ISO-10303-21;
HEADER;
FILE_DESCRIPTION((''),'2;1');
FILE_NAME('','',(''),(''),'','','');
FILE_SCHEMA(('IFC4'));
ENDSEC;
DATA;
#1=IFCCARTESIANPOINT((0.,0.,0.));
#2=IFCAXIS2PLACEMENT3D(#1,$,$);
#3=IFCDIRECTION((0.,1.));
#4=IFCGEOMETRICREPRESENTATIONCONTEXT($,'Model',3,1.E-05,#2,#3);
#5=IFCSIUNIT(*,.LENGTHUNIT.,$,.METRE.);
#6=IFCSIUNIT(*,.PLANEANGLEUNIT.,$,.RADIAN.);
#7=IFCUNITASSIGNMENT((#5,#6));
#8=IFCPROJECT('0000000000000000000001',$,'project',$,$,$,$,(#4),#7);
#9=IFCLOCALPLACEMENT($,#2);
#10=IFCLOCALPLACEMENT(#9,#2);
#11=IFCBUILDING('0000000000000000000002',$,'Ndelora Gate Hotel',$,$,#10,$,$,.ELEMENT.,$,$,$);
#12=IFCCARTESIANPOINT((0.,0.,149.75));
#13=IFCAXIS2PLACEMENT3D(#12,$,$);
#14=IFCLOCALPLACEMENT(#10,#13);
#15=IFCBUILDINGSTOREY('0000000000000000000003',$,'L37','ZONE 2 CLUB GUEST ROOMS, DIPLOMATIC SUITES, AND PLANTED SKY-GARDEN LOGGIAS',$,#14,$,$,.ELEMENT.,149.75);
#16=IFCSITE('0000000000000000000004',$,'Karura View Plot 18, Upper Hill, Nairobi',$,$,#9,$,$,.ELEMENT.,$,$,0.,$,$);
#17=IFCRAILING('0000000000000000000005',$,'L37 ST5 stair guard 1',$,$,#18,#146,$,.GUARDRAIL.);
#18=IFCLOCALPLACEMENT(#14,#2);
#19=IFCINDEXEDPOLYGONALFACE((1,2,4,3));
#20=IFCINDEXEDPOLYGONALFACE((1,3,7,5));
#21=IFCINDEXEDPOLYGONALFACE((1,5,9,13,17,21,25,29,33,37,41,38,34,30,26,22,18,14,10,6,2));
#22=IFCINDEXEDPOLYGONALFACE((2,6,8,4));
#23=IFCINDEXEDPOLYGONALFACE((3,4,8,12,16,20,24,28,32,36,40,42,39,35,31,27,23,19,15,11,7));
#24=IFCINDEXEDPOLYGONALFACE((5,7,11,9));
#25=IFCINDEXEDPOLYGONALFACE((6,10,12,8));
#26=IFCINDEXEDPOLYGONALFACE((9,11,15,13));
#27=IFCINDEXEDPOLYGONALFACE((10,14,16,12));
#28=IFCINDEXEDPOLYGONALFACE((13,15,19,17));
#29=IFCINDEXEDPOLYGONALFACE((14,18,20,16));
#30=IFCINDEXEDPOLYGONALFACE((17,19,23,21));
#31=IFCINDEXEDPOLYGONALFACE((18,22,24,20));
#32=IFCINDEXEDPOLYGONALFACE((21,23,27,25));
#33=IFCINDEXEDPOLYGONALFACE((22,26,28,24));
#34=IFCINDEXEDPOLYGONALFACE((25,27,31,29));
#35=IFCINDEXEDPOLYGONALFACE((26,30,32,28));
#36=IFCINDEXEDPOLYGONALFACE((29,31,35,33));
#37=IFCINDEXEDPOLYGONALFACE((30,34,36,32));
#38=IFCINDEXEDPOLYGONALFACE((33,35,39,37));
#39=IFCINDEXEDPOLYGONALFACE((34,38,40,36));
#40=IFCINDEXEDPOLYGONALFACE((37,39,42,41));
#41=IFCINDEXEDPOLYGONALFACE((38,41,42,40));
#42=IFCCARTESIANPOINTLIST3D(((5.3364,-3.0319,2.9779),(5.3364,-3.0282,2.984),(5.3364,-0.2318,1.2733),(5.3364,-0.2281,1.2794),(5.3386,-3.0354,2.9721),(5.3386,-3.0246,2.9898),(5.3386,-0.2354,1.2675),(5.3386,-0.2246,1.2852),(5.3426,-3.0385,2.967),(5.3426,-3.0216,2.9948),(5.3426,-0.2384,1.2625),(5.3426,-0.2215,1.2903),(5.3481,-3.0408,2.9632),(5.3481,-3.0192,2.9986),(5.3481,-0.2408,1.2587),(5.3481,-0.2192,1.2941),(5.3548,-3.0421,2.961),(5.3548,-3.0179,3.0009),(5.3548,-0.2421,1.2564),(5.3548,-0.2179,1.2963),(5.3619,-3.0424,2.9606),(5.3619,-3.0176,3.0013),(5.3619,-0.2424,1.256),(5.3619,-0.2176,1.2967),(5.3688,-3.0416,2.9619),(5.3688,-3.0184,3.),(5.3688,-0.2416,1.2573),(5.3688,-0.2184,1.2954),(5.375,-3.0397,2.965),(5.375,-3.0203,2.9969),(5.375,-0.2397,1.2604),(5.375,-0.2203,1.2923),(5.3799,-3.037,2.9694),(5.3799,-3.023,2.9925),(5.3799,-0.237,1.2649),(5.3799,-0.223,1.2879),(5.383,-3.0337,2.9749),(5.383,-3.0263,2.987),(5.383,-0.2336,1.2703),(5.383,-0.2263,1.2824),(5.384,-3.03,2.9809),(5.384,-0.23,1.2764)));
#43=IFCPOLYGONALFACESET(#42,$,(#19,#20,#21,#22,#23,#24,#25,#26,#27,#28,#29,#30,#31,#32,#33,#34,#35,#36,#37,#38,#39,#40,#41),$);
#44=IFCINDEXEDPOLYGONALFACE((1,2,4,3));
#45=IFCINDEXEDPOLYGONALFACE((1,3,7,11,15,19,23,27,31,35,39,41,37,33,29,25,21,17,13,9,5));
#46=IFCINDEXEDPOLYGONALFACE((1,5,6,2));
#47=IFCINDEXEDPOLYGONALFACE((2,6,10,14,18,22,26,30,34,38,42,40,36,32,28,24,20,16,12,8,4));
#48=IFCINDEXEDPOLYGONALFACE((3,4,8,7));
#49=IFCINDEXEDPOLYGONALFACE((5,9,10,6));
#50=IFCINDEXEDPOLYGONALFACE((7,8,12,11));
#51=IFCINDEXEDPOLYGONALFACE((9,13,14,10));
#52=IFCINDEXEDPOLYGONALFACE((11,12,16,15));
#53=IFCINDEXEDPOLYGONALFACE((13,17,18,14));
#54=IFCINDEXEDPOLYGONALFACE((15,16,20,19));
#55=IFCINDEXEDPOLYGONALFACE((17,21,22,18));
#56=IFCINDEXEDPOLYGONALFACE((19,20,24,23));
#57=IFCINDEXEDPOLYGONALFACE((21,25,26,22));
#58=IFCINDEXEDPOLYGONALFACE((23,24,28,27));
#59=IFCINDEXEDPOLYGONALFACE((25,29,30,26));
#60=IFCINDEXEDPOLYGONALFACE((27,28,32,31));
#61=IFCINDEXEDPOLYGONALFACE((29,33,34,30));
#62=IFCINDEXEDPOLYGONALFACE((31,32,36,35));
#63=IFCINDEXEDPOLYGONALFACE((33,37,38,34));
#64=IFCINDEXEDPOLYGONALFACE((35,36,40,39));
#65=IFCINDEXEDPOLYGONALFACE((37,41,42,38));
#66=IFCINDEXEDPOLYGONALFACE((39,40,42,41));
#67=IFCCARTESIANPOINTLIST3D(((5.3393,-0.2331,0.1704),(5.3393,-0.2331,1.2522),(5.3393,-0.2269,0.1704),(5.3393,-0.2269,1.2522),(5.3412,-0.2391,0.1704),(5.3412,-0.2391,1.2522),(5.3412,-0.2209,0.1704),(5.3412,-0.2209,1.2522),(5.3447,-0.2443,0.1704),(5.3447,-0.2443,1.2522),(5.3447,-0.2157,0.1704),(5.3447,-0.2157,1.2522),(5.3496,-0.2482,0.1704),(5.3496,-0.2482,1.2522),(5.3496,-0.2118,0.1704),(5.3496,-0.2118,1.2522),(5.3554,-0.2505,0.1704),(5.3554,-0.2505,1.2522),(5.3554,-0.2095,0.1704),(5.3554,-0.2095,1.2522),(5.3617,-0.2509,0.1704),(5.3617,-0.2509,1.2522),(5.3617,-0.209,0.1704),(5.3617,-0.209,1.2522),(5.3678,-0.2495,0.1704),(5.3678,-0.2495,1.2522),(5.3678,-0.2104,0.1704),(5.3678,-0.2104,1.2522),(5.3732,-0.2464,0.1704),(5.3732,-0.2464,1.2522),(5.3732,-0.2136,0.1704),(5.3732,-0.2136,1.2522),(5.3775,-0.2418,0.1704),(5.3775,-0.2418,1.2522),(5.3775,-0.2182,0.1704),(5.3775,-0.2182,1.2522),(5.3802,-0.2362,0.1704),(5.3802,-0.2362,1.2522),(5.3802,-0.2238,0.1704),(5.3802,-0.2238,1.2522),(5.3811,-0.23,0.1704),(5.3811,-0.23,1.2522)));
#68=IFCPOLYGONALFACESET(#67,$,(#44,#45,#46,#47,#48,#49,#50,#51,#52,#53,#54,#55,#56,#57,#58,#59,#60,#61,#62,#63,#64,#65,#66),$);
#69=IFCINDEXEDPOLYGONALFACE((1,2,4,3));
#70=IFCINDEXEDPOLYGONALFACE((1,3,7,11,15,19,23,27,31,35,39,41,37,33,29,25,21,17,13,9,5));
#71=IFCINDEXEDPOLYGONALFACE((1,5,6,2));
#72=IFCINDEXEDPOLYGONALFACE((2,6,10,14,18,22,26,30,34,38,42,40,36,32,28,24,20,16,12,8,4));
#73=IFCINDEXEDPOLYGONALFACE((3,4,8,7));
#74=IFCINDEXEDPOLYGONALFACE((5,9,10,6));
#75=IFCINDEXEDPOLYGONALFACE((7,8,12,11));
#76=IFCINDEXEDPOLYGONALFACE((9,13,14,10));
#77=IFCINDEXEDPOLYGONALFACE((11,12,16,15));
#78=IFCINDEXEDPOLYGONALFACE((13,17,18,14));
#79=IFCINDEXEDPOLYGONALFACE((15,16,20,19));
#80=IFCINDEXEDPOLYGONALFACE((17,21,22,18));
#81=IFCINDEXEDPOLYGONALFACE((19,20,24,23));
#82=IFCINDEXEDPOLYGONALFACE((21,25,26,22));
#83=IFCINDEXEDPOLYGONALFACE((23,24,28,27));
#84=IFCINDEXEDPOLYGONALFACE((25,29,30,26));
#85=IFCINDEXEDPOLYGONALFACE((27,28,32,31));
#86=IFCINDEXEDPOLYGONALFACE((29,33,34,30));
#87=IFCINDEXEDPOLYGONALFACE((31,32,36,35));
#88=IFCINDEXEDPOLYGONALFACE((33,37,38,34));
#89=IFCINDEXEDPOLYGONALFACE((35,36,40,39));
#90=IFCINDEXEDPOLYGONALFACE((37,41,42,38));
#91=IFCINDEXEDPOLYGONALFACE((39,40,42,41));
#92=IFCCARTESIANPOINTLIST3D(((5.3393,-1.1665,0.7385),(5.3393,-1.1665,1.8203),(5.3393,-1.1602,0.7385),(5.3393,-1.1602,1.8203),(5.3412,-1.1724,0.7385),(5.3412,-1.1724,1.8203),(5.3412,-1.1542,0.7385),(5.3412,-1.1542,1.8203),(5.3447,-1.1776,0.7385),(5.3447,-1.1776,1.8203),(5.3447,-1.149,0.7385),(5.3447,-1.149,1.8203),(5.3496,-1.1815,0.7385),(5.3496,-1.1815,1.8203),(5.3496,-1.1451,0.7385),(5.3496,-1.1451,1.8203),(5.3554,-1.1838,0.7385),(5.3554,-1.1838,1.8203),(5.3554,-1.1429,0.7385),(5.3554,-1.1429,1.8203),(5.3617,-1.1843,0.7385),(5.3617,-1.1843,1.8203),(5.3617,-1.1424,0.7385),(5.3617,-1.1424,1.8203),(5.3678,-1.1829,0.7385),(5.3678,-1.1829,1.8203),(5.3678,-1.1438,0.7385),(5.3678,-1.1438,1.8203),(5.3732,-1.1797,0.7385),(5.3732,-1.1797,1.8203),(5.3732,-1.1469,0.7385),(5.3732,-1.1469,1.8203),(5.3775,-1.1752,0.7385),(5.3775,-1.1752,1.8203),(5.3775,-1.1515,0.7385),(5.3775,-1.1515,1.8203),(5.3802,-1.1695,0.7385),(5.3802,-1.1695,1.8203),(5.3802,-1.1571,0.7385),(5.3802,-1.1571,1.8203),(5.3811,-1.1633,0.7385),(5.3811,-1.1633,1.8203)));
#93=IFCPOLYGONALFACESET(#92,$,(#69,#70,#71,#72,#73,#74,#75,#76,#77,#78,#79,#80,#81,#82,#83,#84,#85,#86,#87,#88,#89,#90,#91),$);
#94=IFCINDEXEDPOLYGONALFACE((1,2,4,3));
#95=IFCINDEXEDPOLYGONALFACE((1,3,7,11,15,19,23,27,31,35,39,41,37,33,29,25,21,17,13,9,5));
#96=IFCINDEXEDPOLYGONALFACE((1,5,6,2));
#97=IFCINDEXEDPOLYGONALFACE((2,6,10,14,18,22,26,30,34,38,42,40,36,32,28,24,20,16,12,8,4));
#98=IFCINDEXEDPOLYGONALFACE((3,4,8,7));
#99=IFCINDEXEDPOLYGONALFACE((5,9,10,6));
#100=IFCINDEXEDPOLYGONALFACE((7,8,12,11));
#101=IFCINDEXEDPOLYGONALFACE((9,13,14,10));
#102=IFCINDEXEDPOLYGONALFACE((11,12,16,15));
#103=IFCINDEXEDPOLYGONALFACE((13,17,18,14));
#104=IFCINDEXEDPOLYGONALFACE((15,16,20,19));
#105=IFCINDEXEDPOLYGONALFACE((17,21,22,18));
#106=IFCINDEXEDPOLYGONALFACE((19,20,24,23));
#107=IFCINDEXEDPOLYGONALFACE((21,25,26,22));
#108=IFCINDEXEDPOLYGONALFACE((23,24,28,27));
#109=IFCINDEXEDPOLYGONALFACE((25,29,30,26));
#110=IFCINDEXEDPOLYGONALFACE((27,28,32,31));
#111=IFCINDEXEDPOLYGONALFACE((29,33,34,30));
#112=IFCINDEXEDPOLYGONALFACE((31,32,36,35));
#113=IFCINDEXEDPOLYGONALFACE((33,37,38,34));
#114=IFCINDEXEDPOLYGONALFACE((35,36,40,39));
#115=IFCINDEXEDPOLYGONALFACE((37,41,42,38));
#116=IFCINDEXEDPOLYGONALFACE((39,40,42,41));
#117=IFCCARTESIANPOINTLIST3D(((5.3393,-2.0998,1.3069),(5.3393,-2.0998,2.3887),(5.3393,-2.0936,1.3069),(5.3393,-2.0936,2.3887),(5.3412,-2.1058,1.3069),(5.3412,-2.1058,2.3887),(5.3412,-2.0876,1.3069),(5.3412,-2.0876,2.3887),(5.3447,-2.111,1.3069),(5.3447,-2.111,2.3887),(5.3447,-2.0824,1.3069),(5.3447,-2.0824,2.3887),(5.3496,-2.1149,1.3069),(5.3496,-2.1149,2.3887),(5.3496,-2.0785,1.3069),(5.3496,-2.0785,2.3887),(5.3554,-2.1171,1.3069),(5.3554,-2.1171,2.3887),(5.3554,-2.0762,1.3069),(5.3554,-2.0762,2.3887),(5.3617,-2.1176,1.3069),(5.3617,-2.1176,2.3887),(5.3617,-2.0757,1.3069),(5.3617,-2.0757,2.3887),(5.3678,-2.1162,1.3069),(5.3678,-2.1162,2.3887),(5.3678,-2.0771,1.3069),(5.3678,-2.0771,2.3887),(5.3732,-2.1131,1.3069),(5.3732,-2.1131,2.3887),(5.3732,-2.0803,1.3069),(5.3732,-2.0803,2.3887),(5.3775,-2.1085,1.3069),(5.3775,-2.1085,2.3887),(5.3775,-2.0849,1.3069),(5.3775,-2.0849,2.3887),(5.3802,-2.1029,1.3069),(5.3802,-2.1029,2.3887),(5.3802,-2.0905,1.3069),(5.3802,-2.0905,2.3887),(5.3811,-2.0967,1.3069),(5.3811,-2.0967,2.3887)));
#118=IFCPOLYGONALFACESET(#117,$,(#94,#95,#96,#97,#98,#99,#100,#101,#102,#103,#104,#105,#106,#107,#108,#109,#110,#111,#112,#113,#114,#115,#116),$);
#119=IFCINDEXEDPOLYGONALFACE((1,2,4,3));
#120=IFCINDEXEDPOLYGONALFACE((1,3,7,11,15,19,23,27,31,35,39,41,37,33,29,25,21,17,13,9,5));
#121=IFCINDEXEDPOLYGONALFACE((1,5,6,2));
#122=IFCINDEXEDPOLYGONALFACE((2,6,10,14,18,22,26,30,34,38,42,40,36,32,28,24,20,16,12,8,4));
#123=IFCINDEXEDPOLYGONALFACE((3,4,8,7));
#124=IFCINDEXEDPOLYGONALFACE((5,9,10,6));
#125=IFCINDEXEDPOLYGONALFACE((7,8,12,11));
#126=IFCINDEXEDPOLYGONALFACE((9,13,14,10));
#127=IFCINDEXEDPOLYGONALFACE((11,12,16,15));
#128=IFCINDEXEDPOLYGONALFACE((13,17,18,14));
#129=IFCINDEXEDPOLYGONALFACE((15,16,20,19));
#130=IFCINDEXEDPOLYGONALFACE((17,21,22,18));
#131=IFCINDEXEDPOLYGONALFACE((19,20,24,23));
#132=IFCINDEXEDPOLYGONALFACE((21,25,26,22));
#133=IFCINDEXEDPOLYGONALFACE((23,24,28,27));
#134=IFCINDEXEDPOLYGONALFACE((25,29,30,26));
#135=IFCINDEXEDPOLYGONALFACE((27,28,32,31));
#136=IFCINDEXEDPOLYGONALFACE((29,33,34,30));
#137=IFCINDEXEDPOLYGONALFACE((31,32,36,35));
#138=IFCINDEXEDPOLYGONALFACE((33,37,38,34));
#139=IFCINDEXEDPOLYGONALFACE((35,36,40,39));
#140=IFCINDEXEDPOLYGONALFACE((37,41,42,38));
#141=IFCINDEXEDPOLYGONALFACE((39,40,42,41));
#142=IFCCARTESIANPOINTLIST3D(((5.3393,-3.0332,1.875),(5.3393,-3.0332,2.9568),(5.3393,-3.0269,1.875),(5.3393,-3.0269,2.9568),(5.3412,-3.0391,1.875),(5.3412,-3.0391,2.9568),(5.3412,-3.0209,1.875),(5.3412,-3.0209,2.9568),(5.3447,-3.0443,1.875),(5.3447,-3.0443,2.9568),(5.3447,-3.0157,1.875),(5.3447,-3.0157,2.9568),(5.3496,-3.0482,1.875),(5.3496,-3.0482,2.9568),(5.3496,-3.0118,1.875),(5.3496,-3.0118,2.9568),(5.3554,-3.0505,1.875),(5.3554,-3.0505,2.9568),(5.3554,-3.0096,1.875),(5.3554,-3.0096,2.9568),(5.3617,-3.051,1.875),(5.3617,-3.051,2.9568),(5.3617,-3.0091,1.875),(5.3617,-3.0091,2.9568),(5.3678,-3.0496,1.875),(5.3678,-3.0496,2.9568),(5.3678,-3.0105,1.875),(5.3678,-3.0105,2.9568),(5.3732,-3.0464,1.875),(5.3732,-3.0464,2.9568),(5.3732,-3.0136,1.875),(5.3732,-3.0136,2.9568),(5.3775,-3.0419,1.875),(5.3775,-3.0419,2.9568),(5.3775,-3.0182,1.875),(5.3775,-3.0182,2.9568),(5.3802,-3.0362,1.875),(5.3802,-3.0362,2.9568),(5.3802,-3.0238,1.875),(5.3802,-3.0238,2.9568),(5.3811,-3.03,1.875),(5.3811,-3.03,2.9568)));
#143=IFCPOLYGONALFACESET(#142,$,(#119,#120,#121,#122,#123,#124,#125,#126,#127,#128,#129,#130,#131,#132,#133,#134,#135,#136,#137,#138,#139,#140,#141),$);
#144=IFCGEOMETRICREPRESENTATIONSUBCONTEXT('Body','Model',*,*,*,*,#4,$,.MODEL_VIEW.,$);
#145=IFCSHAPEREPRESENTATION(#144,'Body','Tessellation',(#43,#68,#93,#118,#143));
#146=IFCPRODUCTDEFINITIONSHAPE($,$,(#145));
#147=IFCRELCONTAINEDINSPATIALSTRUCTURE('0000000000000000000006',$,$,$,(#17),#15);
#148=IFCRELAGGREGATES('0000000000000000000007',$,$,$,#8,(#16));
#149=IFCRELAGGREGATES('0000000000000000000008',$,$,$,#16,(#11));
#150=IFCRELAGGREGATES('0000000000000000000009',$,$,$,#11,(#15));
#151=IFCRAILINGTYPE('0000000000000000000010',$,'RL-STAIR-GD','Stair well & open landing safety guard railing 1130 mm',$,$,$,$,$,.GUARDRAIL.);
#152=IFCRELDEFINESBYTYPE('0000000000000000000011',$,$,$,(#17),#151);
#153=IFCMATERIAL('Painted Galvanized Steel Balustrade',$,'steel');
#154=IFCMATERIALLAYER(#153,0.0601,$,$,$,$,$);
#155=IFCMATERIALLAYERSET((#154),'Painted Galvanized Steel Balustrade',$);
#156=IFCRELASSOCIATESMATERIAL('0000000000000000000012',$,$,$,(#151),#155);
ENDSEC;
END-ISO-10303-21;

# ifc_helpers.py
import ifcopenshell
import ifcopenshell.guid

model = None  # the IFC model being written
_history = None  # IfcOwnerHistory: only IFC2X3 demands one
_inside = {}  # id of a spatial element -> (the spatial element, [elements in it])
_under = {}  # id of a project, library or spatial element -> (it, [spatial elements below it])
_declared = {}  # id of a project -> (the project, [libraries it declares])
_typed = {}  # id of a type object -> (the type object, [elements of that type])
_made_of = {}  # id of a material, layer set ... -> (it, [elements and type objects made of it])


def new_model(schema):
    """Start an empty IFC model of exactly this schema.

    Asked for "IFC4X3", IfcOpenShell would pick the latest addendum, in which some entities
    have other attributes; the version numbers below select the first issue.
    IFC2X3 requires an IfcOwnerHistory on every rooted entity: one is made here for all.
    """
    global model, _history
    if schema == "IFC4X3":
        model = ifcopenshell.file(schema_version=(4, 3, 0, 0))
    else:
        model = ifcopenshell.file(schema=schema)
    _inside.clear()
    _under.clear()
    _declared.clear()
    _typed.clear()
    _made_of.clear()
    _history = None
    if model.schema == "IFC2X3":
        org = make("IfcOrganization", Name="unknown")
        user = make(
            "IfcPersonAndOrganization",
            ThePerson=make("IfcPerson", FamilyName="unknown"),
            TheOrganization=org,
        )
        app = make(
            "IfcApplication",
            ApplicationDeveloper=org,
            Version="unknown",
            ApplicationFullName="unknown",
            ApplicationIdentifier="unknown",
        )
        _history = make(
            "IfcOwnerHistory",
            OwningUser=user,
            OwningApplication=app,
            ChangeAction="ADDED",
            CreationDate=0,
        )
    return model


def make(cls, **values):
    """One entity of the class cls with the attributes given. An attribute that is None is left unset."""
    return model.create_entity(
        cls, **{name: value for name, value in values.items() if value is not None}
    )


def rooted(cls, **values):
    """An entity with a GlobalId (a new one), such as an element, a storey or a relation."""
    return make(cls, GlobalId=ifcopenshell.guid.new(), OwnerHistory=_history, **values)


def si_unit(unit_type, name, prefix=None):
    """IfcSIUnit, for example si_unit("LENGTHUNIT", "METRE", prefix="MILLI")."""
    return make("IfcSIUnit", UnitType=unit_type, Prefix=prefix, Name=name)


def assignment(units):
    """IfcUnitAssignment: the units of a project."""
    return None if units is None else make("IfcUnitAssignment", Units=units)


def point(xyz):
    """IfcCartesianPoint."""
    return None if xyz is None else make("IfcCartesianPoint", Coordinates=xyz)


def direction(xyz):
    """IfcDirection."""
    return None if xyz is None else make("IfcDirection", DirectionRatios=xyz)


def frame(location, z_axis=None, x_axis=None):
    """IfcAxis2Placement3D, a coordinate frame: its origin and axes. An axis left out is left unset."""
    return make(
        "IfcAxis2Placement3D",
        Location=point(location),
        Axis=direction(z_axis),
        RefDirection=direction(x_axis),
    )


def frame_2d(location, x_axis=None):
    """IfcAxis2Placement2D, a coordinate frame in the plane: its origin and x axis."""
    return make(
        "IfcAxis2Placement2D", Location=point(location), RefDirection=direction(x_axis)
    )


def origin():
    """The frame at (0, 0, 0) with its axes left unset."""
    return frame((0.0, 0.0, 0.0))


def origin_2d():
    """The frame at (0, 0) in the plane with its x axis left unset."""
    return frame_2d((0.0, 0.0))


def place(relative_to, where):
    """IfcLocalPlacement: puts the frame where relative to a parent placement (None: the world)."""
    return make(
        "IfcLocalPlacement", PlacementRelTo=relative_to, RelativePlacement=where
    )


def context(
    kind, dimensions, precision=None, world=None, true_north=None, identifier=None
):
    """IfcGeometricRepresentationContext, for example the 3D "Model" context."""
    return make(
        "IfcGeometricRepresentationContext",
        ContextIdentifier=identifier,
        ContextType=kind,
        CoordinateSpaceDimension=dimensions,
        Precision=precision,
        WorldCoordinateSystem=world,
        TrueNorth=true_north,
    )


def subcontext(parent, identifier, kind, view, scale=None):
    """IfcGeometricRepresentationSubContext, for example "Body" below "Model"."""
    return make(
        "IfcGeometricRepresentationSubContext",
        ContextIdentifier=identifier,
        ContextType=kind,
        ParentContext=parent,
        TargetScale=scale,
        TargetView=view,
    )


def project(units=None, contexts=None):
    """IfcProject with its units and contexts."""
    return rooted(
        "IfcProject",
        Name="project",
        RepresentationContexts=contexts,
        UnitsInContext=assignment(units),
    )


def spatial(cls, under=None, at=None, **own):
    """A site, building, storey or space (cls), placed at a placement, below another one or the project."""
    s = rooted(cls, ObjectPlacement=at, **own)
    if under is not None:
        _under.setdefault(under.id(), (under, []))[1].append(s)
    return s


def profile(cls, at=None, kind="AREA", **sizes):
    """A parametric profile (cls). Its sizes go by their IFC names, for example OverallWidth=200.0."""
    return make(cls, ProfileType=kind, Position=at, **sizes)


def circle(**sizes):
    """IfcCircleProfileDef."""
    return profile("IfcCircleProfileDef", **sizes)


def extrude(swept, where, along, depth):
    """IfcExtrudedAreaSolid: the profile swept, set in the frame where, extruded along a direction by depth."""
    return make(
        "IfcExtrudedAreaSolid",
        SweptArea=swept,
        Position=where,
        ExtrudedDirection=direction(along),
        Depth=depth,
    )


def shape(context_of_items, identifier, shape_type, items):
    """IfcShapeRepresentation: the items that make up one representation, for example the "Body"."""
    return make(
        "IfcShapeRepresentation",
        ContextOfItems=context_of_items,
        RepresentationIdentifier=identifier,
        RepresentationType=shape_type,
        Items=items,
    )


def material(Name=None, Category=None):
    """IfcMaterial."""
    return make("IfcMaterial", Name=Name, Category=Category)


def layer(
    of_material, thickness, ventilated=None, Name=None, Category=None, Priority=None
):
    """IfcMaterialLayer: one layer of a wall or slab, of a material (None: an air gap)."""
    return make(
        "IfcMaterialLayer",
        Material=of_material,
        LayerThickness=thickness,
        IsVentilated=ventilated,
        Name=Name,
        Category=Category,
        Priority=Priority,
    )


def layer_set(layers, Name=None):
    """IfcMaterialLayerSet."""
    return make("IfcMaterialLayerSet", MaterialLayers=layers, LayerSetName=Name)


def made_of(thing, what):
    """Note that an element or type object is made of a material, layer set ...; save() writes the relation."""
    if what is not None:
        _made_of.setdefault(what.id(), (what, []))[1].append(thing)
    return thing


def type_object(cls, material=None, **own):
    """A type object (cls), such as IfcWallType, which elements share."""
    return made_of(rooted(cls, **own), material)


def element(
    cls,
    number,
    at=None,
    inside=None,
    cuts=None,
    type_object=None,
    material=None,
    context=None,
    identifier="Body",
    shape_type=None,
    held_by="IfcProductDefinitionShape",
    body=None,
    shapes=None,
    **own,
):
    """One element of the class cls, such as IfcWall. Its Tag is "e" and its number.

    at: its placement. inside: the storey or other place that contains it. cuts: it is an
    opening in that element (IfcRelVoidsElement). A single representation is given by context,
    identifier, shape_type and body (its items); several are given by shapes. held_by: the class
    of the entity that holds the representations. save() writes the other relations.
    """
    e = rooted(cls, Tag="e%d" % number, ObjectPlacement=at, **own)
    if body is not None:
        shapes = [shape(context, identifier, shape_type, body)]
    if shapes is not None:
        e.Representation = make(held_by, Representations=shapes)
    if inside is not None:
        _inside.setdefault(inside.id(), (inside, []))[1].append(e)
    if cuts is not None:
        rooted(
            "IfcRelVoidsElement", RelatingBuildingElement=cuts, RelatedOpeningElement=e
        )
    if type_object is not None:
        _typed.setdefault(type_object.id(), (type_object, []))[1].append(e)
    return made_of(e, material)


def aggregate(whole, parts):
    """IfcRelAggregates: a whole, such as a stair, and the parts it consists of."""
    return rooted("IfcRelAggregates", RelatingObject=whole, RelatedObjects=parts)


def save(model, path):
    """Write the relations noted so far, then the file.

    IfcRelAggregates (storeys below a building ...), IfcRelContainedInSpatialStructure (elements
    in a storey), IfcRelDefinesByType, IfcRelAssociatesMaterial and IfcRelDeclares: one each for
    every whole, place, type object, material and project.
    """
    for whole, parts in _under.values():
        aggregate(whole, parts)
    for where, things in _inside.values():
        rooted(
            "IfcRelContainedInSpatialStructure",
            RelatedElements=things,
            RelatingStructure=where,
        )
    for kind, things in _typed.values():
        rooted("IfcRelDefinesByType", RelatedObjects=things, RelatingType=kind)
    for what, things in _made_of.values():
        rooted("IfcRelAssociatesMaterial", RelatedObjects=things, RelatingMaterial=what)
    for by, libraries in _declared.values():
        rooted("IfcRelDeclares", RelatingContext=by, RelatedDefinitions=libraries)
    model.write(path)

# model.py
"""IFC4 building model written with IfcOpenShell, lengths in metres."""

from ifc_helpers import new_model, si_unit, direction, frame, origin, origin_2d, place, context, subcontext, project, spatial, circle, extrude, material, layer, layer_set, type_object, element, save


model = new_model("IFC4")

# Units and contexts
model_context = context("Model", 3, precision=1e-05, world=origin(), true_north=direction((0.0, 1.0)))
body_context = subcontext(model_context, "Body", "Model", "MODEL_VIEW")
ifc_project = project(units=[si_unit("LENGTHUNIT", "METRE"), si_unit("PLANEANGLEUNIT", "RADIAN")], contexts=[model_context])

# Site, building, storey
site_placement = place(None, origin())
site = spatial("IfcSite", under=ifc_project, at=site_placement, Name="Karura View Plot 18, Upper Hill, Nairobi", CompositionType="ELEMENT", RefElevation=0.0)
building_placement = place(site_placement, origin())
building = spatial("IfcBuilding", under=site, at=building_placement, Name="Ndelora Gate Hotel", CompositionType="ELEMENT")
storey_placement = place(building_placement, frame((0.0, 0.0, 149.75)))
storey = spatial("IfcBuildingStorey", under=building, at=storey_placement, Name="L37", Description="ZONE 2 CLUB GUEST ROOMS, DIPLOMATIC SUITES, AND PLANTED SKY-GARDEN LOGGIAS", CompositionType="ELEMENT", Elevation=149.75)

# Railing
ifc_material_1 = material(Name="Painted Galvanized Steel Balustrade", Category="steel")
ifc_layer_1 = layer(ifc_material_1, 0.0601)
ifc_layer_set_1 = layer_set([ifc_layer_1], Name="Painted Galvanized Steel Balustrade")
railing_type_1 = type_object("IfcRailingType", Name="RL-STAIR-GD", Description="Stair well & open landing safety guard railing 1130 mm", PredefinedType="GUARDRAIL", material=ifc_layer_set_1)
railing_1_placement = place(storey_placement, frame((5.3601, -0.23, 0.1704)))
element("IfcRailing", 1, at=railing_1_placement, inside=storey, type_object=railing_type_1, Name="L37 ST5 stair guard 1", PredefinedType="GUARDRAIL", context=body_context, shape_type="SweptSolid", body=[
    extrude(circle(Radius=0.0239, at=origin_2d()), frame((0.0, 0.0, 1.106), z_axis=(0.0, -0.85417, 0.519994), x_axis=(1.0, 0.0, 0.0)), (0.0, 0.0, 1.0), 3.2781),
    extrude(circle(Radius=0.021, at=origin_2d()), origin(), (0.0, 0.0, 1.0), 1.0818),
    extrude(circle(Radius=0.021, at=origin_2d()), frame((0.0, -0.9333, 0.5681)), (0.0, 0.0, 1.0), 1.0818),
    extrude(circle(Radius=0.021, at=origin_2d()), frame((0.0, -1.8667, 1.1365)), (0.0, 0.0, 1.0), 1.0818),
    extrude(circle(Radius=0.021, at=origin_2d()), frame((0.0, -2.8, 1.7046)), (0.0, 0.0, 1.0), 1.0818),
])

save(model, "model.ifc")
